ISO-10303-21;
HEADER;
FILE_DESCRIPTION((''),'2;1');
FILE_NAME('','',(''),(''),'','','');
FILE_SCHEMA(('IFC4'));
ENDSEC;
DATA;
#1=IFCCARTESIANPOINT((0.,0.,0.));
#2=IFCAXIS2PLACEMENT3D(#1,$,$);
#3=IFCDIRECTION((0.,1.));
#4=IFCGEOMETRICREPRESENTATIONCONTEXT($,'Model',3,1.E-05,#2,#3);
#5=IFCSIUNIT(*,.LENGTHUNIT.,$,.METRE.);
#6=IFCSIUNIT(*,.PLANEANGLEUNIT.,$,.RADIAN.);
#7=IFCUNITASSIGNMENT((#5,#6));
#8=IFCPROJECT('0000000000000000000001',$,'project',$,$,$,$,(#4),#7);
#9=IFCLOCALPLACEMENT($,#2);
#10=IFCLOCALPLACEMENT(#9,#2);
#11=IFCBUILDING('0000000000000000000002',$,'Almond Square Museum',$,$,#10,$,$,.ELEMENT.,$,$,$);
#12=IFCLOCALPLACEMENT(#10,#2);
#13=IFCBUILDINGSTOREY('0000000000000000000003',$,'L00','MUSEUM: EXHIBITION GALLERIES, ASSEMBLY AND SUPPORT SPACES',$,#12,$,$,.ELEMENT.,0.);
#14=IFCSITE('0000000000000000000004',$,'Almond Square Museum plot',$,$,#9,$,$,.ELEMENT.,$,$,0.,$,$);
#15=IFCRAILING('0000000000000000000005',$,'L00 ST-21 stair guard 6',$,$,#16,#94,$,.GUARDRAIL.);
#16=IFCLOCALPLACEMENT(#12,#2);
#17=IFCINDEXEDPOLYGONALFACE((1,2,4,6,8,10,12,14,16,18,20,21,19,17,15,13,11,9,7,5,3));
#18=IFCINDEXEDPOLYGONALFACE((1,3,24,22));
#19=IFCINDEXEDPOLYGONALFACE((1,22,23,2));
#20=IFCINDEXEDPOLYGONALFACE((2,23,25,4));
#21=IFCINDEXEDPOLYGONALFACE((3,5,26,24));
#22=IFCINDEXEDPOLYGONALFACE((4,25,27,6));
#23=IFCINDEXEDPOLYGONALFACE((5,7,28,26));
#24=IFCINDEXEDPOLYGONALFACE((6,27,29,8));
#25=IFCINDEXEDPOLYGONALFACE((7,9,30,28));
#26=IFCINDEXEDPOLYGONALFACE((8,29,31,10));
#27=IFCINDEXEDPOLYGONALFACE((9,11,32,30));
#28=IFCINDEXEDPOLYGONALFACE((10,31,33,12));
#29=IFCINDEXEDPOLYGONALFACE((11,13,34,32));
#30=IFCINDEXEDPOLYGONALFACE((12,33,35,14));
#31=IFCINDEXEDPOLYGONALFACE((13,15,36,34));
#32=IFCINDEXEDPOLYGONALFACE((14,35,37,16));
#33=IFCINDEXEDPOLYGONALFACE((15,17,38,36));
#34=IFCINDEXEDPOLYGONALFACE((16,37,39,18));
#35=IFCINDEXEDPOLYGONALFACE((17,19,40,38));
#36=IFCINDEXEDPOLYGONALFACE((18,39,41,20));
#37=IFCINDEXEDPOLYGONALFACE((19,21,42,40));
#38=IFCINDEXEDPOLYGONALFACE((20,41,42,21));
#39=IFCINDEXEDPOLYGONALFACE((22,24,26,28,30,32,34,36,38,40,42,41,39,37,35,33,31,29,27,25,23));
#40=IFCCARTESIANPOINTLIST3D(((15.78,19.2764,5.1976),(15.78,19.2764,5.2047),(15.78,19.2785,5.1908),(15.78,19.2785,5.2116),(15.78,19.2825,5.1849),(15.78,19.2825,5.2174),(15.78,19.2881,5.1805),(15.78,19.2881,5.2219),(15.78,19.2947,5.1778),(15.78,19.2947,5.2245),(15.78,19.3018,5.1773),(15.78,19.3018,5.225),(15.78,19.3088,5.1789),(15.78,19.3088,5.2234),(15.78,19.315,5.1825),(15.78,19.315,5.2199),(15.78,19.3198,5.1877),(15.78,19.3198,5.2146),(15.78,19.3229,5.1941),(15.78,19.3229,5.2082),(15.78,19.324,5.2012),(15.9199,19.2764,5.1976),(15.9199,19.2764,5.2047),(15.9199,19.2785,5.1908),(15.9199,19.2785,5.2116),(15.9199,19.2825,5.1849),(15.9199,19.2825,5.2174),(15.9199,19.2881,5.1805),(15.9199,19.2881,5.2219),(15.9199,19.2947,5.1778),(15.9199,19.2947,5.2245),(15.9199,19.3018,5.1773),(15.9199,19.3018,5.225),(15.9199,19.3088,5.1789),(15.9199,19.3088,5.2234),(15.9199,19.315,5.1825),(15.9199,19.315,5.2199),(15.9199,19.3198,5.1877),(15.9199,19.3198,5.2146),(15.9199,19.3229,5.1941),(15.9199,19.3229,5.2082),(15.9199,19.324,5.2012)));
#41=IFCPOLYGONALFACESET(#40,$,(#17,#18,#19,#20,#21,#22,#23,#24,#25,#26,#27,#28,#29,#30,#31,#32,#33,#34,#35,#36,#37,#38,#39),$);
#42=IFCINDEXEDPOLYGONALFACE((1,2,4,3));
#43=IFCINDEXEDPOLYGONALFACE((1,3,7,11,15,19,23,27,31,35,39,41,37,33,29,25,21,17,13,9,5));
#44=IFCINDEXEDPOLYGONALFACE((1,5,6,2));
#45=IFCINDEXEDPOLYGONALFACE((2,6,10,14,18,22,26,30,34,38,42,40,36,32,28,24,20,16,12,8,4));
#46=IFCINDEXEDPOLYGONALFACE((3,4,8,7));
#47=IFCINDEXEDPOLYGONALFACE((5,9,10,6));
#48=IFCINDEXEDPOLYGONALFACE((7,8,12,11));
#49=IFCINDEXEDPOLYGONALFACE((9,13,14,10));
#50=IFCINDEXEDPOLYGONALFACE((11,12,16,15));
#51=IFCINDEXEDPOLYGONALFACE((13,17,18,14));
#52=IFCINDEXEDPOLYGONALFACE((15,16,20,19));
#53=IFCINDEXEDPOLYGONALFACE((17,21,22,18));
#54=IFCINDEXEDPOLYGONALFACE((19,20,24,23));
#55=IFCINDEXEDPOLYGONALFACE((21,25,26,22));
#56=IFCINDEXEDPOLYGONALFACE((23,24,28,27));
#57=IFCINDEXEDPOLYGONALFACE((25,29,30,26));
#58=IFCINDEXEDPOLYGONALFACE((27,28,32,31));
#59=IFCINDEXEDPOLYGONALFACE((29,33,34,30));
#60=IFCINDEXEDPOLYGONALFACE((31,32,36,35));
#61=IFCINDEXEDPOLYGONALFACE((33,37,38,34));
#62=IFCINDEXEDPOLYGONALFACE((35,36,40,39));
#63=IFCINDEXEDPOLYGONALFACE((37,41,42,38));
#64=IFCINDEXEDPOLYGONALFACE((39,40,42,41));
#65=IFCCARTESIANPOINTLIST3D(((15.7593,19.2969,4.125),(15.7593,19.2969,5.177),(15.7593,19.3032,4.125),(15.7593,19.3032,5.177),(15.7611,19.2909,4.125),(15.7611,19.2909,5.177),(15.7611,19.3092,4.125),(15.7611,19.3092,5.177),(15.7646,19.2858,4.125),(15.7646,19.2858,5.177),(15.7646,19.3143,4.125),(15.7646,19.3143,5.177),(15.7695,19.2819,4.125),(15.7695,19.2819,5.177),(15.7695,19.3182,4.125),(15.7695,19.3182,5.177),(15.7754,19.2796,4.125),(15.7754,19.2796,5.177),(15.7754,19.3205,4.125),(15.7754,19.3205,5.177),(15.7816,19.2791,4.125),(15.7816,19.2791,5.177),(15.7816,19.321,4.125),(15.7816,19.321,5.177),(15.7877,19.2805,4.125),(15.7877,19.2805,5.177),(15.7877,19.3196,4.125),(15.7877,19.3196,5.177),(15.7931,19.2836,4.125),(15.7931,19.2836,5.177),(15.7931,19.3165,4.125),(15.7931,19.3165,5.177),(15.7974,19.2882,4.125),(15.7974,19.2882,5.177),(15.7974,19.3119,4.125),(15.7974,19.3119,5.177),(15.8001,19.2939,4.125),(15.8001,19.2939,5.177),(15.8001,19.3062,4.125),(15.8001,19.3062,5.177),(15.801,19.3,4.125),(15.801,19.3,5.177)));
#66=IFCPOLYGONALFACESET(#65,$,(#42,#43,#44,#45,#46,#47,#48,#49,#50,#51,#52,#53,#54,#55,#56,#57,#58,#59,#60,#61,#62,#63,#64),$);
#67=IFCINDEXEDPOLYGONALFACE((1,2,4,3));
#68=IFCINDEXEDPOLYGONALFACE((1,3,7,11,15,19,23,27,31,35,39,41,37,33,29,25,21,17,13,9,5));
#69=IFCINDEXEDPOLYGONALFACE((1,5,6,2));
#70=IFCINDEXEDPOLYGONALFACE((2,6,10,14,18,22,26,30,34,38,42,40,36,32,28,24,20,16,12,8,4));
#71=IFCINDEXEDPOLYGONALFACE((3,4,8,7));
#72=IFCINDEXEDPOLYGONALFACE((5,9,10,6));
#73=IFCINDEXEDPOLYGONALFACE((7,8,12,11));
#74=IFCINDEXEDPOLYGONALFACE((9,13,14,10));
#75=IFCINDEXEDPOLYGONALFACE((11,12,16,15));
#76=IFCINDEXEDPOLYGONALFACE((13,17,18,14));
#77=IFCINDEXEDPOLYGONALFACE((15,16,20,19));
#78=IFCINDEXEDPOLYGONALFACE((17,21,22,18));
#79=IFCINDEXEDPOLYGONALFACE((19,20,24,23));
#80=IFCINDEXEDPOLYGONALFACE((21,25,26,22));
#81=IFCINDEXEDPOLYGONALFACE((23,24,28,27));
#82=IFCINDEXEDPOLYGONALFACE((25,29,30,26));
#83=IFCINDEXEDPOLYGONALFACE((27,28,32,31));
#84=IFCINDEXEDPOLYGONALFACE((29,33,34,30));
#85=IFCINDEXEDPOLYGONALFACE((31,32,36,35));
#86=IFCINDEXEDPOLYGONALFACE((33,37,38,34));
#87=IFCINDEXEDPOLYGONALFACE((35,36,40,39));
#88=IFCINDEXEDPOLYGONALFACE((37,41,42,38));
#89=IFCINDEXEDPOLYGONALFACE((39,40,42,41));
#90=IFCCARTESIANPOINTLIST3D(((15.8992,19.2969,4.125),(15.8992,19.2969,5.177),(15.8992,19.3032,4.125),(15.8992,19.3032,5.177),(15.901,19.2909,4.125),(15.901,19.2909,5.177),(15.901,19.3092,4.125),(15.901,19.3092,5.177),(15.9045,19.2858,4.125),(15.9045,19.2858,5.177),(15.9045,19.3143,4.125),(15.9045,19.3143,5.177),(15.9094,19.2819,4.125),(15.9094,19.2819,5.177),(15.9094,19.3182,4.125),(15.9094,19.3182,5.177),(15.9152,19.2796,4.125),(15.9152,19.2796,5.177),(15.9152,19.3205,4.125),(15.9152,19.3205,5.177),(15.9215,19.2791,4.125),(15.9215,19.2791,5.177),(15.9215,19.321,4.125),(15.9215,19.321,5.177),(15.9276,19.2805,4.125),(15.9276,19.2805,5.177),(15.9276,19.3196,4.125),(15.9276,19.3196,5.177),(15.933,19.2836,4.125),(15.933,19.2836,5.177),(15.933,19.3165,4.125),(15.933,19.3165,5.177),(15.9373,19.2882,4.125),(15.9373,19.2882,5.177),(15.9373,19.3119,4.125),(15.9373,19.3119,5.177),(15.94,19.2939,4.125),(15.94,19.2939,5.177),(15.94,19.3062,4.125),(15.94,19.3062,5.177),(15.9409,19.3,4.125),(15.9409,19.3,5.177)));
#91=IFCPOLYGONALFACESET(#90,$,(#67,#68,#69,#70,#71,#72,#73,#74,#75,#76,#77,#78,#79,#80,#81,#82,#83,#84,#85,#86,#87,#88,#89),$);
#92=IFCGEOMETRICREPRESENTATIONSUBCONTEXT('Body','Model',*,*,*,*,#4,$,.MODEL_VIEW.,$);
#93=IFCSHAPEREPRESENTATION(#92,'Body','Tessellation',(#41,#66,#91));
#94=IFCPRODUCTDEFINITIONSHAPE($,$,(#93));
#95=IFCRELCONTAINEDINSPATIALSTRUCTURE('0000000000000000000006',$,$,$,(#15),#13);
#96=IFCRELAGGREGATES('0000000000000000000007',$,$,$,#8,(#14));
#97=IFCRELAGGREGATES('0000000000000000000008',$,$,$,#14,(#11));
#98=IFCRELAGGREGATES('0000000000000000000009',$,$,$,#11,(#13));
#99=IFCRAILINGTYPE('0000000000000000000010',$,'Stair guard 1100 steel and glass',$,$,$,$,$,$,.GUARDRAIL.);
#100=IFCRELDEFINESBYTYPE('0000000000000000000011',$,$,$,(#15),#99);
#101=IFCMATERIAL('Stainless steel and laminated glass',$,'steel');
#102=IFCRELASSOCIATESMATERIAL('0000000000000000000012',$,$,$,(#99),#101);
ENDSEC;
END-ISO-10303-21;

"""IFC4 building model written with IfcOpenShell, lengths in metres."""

from ifc_helpers import new_model, si_unit, direction, frame, origin, origin_2d, place, context, subcontext, project, spatial, circle, extrude, material, type_object, element, save


model = new_model("IFC4")

# Units and contexts
model_context = context("Model", 3, precision=1e-05, world=origin(), true_north=direction((0.0, 1.0)))
body_context = subcontext(model_context, "Body", "Model", "MODEL_VIEW")
ifc_project = project(units=[si_unit("LENGTHUNIT", "METRE"), si_unit("PLANEANGLEUNIT", "RADIAN")], contexts=[model_context])

# Site, building, storey
site_placement = place(None, origin())
site = spatial("IfcSite", under=ifc_project, at=site_placement, Name="Almond Square Museum plot", CompositionType="ELEMENT", RefElevation=0.0)
building_placement = place(site_placement, origin())
building = spatial("IfcBuilding", under=site, at=building_placement, Name="Almond Square Museum", CompositionType="ELEMENT")
storey_placement = place(building_placement, origin())
storey = spatial("IfcBuildingStorey", under=building, at=storey_placement, Name="L00", Description="MUSEUM: EXHIBITION GALLERIES, ASSEMBLY AND SUPPORT SPACES", CompositionType="ELEMENT", Elevation=0.0)

# Railing
ifc_material_1 = material(Name="Stainless steel and laminated glass", Category="steel")
railing_type_1 = type_object("IfcRailingType", Name="Stair guard 1100 steel and glass", PredefinedType="GUARDRAIL", material=ifc_material_1)
railing_1_placement = place(storey_placement, frame((15.78, 19.3, 4.125)))
element("IfcRailing", 1, at=railing_1_placement, inside=storey, type_object=railing_type_1, Name="L00 ST-21 stair guard 6", PredefinedType="GUARDRAIL", context=body_context, shape_type="SweptSolid", body=[
    extrude(circle(Radius=0.0239, at=origin_2d()), frame((0.0, 0.0, 1.0762), z_axis=(1.0, 0.0, 0.0), x_axis=(0.0, 1.0, 0.0)), (0.0, 0.0, 1.0), 0.1399),
    extrude(circle(Radius=0.021, at=origin_2d()), origin(), (0.0, 0.0, 1.0), 1.052),
    extrude(circle(Radius=0.021, at=origin_2d()), frame((0.1399, 0.0, 0.0)), (0.0, 0.0, 1.0), 1.052),
])

save(model, "model.ifc")
